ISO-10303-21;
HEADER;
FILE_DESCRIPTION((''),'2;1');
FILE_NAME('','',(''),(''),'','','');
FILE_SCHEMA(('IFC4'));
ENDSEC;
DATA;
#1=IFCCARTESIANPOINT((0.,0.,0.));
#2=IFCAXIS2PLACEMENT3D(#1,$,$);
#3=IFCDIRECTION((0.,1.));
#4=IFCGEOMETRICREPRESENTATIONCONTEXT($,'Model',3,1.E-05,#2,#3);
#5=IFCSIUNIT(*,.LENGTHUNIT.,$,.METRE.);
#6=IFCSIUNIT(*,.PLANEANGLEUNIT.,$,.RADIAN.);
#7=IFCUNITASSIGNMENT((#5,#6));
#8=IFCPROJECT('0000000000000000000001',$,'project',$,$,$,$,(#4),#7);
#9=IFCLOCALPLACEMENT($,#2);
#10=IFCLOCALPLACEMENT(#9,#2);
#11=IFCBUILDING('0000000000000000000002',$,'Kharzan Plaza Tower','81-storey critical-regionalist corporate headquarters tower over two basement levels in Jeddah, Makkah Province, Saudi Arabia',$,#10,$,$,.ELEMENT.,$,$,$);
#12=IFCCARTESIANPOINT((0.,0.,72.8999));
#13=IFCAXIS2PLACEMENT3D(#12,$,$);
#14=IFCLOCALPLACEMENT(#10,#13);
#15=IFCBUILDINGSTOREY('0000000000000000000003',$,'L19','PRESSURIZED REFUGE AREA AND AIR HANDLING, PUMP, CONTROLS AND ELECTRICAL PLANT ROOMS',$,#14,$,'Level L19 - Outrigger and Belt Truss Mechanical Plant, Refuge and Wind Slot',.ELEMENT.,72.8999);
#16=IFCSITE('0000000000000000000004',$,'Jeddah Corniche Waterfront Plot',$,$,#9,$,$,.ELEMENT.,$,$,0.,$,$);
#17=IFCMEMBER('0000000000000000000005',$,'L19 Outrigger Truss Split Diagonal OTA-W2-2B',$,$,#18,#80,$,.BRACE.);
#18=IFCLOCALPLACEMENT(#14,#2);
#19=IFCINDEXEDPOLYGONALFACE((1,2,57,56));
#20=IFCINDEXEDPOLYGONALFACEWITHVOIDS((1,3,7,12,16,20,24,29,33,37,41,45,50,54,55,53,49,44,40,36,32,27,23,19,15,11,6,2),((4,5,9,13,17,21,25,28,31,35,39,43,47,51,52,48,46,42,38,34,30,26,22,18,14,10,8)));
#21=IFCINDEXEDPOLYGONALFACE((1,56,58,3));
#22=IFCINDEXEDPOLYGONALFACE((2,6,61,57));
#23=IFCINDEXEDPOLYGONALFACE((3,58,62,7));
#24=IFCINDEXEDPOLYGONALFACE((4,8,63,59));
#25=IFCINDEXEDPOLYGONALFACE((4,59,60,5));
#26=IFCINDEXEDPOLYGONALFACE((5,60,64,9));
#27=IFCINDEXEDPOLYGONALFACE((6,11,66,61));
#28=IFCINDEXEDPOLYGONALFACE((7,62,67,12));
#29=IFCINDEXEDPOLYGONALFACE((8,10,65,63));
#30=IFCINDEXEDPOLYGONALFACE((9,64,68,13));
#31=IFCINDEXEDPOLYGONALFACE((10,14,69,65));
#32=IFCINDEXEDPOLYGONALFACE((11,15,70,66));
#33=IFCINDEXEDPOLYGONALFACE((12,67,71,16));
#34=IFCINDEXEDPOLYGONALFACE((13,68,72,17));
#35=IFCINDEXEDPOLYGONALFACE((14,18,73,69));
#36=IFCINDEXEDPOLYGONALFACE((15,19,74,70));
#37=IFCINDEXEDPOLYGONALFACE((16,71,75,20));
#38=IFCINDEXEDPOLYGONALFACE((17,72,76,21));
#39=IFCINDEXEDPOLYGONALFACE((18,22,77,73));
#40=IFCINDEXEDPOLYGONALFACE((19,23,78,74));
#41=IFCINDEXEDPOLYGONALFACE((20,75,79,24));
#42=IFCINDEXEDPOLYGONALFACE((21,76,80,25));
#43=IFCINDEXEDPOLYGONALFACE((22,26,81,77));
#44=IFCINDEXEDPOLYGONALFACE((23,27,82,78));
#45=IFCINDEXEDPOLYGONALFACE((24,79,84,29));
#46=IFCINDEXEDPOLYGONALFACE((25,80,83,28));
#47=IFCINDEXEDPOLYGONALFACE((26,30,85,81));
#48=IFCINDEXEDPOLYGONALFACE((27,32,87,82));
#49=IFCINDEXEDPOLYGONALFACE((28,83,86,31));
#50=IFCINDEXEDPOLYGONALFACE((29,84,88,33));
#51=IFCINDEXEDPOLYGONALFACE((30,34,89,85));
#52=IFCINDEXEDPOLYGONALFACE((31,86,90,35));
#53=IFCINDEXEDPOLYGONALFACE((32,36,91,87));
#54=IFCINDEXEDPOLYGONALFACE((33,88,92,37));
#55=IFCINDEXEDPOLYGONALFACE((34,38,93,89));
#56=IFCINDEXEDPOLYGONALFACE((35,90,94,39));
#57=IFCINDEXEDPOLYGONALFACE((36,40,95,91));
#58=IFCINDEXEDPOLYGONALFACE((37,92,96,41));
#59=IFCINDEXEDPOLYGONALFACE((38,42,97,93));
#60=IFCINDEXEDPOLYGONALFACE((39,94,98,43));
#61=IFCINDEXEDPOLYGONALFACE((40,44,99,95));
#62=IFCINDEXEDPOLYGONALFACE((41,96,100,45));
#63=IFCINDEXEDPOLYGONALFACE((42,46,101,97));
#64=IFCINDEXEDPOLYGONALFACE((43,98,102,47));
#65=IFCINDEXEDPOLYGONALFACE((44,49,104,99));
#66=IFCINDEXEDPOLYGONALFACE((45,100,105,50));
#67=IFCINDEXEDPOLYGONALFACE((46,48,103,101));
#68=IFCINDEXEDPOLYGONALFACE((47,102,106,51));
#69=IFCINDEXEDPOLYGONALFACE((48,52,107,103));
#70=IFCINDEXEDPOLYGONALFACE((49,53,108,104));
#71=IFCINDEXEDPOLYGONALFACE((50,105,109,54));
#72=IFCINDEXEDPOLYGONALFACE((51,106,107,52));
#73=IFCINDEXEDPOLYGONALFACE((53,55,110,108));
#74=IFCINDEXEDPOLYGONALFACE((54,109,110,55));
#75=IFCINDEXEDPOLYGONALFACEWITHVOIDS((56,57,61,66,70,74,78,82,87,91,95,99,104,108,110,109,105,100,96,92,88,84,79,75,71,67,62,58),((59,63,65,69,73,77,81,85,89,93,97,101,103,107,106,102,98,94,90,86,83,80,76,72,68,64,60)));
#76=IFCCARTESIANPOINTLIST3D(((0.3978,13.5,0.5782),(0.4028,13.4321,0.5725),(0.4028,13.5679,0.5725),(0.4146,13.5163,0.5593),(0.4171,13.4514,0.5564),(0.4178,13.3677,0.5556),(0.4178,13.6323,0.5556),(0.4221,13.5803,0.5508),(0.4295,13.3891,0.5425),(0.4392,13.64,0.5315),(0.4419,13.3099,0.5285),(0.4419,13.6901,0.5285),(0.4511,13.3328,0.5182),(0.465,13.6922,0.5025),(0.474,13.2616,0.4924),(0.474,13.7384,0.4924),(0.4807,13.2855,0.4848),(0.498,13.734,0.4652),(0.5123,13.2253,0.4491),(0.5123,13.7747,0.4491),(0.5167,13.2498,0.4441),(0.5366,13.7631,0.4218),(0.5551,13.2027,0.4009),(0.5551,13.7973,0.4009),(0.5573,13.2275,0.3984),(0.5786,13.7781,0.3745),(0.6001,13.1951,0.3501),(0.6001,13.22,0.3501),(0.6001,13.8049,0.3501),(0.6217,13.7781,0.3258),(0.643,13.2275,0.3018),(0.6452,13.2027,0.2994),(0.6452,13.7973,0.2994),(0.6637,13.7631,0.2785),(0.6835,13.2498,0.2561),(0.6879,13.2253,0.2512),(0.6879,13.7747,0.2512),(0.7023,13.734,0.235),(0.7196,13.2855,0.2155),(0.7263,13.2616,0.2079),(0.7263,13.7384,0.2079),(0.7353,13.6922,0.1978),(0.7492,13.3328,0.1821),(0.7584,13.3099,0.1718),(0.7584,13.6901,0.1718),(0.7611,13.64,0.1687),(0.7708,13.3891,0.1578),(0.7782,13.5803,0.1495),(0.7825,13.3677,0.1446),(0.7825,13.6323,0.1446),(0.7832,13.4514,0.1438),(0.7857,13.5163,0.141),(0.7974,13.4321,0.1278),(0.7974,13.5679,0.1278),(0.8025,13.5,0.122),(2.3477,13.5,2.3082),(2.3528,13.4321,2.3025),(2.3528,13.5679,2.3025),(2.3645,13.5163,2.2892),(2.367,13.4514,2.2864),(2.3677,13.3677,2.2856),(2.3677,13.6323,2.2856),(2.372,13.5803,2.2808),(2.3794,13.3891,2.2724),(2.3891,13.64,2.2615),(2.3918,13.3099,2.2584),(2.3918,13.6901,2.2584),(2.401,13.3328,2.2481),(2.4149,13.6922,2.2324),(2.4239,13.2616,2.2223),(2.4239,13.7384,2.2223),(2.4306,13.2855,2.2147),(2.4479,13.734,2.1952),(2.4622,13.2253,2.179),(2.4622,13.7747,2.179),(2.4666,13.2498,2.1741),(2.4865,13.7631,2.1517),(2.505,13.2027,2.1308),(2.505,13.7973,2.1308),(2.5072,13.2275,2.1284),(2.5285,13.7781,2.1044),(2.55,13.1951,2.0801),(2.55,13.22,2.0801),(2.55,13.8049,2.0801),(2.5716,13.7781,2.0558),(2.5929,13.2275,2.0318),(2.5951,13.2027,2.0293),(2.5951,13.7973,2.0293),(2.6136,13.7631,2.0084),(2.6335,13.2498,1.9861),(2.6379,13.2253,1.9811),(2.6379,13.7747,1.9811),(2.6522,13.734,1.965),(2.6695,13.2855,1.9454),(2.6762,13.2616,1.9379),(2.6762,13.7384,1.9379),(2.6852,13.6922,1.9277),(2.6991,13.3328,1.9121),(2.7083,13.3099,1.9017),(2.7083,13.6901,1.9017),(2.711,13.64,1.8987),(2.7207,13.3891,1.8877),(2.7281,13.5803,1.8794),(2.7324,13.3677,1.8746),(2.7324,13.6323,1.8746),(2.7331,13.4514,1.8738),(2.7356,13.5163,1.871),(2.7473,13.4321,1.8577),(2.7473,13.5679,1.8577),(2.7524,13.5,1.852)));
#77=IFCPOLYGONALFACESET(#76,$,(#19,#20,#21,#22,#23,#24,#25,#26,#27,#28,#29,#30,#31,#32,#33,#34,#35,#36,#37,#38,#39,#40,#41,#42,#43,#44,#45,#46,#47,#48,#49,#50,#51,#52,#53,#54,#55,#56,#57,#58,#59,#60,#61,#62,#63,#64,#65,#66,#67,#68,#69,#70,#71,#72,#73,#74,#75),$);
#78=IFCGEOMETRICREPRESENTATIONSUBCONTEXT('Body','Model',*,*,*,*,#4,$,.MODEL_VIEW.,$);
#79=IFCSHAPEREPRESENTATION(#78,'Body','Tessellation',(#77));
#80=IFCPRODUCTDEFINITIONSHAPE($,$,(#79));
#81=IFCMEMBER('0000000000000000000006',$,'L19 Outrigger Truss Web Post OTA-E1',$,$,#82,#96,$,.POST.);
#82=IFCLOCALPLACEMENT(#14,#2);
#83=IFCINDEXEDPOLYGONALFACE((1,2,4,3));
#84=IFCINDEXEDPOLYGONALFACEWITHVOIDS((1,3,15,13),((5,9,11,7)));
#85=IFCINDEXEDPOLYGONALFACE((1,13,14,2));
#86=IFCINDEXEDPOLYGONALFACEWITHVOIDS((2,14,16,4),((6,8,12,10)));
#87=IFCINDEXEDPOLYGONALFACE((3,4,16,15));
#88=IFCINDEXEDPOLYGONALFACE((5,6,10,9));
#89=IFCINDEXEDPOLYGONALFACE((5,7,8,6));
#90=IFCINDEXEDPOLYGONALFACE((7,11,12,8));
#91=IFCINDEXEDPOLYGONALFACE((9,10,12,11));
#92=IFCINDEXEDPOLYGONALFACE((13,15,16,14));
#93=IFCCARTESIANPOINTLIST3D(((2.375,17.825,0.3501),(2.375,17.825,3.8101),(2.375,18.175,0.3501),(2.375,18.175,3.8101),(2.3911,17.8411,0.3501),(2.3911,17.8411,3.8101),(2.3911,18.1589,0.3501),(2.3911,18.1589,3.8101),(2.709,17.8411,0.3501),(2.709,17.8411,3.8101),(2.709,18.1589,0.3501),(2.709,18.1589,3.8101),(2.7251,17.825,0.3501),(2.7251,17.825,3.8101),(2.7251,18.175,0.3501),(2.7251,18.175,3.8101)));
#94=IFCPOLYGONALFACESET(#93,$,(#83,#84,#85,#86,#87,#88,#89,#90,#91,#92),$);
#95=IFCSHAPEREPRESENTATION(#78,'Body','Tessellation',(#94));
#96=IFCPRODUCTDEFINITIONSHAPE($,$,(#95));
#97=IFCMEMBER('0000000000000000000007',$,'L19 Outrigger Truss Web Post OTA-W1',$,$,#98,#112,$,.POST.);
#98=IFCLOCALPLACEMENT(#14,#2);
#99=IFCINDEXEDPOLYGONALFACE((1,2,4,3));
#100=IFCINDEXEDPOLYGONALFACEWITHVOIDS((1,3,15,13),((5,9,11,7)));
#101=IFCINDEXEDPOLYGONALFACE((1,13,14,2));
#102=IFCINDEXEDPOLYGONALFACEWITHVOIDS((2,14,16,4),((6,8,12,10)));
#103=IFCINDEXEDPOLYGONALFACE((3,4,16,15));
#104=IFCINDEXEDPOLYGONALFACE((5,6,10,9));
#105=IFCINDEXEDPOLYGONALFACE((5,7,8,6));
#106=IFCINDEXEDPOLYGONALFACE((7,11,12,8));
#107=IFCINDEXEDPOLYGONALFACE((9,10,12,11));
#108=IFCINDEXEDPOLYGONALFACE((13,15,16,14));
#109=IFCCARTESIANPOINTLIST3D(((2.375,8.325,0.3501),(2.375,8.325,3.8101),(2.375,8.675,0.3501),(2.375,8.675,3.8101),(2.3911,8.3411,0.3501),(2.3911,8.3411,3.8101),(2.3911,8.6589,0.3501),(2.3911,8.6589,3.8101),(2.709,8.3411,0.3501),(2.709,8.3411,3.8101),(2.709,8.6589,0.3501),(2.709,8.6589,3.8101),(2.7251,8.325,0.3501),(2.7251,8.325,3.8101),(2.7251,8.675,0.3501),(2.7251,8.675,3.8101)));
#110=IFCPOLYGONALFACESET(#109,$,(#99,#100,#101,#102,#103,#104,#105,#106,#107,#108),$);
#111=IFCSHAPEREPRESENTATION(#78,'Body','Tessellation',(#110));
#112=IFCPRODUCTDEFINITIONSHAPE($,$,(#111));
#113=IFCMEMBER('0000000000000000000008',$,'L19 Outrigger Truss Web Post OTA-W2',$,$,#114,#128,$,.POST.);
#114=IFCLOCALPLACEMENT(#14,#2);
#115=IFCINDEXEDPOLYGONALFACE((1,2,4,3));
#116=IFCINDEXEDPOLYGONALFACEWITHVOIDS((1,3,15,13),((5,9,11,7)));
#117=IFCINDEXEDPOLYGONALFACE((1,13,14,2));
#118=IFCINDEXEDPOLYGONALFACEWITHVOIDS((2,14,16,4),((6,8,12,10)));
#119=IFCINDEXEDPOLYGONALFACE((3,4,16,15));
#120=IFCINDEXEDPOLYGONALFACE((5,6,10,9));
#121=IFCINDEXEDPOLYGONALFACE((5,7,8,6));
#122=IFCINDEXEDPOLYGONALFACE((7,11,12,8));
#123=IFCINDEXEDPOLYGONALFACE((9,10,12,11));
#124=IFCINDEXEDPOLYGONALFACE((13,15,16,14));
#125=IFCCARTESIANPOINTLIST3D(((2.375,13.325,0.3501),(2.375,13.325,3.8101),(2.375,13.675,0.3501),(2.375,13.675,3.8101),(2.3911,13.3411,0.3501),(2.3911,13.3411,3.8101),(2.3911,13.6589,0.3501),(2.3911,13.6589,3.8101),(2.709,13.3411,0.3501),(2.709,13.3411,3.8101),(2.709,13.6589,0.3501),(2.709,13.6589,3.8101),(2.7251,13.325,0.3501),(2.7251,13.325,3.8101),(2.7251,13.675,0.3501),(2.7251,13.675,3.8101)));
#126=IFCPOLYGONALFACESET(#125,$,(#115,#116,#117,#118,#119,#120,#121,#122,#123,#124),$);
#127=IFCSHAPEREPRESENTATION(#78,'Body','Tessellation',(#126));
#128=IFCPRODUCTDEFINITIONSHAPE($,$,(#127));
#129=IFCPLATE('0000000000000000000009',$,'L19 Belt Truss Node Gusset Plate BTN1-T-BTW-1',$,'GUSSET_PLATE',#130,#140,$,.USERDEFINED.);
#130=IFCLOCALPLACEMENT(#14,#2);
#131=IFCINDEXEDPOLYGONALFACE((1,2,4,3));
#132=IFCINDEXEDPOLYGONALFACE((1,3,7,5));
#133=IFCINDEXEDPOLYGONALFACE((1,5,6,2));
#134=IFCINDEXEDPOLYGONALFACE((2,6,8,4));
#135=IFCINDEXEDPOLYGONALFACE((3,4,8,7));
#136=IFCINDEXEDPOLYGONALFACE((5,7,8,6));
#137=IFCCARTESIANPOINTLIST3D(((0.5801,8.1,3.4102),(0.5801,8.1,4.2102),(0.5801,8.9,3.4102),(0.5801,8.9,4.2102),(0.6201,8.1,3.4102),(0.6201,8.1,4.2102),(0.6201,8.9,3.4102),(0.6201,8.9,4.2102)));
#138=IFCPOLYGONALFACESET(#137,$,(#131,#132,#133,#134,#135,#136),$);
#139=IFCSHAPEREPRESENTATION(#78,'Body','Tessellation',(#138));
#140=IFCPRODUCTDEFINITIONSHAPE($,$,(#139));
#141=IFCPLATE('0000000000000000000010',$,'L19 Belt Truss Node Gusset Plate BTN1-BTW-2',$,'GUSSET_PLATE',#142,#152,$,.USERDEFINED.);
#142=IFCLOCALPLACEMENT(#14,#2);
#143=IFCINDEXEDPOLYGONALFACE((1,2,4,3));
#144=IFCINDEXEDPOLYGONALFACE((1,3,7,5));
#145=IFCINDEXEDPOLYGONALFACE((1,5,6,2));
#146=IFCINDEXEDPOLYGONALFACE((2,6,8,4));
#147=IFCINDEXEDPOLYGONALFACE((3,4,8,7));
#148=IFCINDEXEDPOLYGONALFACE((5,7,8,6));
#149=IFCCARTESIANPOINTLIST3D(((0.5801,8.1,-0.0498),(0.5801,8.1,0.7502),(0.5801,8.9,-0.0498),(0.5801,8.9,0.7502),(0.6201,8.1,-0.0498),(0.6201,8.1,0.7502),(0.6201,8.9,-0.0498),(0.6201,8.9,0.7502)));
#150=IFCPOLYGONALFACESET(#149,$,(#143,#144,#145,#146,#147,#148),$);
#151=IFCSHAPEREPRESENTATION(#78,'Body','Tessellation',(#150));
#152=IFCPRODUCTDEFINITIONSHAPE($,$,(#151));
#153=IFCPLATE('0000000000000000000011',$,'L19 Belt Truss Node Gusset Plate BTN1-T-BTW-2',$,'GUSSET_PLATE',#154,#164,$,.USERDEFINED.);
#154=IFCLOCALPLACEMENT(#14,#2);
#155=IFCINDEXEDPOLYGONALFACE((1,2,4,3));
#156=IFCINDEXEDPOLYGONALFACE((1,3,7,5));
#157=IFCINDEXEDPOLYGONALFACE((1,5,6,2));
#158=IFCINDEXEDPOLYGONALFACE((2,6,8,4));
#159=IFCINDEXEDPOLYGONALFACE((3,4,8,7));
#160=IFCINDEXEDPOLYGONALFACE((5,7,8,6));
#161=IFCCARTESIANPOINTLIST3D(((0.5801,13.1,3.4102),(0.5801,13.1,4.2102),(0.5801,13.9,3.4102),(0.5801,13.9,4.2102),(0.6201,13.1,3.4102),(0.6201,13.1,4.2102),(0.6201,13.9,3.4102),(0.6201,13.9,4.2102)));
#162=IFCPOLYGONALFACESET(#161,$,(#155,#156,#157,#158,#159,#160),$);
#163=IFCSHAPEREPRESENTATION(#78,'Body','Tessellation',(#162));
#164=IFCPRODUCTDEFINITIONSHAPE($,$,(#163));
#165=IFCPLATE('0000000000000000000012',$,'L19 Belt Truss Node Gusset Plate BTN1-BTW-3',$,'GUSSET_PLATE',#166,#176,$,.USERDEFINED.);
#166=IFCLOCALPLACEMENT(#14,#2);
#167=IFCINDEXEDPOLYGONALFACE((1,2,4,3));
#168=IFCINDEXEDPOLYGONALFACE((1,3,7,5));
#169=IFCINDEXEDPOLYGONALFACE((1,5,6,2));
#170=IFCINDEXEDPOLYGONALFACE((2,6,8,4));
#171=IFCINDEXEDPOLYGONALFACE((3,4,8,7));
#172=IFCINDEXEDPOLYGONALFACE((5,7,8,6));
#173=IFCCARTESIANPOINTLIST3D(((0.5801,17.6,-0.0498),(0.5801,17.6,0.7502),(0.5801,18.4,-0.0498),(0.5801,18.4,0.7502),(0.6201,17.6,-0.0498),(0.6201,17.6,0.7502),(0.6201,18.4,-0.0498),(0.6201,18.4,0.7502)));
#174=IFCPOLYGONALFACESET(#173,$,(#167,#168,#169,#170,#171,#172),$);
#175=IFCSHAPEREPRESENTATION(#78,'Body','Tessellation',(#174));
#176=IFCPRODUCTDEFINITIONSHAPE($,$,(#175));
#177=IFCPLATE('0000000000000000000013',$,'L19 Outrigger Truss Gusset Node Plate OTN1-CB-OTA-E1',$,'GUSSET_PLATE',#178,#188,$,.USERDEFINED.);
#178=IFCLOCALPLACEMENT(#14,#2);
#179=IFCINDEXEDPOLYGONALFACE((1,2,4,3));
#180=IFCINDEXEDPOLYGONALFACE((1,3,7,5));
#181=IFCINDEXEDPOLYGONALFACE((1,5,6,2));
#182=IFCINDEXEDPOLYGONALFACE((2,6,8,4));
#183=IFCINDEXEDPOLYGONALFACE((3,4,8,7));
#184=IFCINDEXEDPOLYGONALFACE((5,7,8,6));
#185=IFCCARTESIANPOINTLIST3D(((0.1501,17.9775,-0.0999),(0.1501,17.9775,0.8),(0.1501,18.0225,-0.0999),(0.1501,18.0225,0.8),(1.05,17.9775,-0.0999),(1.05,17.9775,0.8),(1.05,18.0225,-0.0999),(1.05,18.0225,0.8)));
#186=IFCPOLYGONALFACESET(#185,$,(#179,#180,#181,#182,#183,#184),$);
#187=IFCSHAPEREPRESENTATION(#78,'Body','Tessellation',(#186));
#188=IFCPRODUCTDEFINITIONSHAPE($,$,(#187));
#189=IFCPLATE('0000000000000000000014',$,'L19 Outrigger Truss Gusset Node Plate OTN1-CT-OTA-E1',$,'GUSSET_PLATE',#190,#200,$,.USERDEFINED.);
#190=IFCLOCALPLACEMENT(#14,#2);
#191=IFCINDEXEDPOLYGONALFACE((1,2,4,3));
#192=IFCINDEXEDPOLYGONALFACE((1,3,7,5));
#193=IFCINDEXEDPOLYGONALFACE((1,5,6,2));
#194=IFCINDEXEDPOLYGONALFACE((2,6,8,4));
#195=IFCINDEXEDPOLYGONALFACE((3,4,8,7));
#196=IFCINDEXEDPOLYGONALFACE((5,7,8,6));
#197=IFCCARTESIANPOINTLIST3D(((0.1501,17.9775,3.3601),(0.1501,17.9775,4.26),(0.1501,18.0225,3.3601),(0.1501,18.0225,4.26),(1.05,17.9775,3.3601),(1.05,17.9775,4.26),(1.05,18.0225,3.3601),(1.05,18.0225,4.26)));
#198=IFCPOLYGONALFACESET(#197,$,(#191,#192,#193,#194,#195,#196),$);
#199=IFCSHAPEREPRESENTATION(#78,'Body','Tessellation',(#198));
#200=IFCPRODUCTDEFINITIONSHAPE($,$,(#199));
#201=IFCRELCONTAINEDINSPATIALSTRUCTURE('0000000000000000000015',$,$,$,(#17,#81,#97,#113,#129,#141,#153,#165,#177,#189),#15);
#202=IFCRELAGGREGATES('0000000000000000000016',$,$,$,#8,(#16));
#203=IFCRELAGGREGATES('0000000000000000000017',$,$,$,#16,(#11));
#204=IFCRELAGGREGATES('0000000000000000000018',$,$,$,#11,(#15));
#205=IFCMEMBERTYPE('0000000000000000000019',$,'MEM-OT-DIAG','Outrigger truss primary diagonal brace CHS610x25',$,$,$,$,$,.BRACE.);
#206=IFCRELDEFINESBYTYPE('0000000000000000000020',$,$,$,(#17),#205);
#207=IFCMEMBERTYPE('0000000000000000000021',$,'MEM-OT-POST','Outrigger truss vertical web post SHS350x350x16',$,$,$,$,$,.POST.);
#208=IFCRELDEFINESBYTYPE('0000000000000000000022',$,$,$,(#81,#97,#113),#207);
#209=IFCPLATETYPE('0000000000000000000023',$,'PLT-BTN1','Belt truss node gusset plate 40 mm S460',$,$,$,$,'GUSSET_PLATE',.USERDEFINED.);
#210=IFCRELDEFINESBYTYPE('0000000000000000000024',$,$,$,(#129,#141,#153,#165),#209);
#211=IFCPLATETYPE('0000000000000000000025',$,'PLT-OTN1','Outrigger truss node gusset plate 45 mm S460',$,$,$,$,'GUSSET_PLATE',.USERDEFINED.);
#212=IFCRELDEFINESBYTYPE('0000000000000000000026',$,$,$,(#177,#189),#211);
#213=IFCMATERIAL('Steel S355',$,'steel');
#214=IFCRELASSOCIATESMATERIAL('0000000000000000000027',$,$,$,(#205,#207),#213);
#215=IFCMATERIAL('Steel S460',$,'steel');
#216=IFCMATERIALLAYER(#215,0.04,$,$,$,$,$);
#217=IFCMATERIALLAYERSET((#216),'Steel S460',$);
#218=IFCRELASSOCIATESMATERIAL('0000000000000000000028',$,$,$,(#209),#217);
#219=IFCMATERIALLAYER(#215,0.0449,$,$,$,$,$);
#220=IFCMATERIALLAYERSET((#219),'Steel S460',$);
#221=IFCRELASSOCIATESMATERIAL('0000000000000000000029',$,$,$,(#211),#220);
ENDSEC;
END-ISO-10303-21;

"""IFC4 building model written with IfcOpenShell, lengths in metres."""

from ifc_helpers import new_model, si_unit, direction, frame, origin, origin_2d, place, context, subcontext, project, spatial, rectangle, hollow_rectangle, hollow_circle, extrude, source, transform, mapped, material, layer, layer_set, material_profile, profile_set, type_object, element, save


model = new_model("IFC4")

# Units and contexts
model_context = context("Model", 3, precision=1e-05, world=origin(), true_north=direction((0.0, 1.0)))
body_context = subcontext(model_context, "Body", "Model", "MODEL_VIEW")
ifc_project = project(units=[si_unit("LENGTHUNIT", "METRE"), si_unit("PLANEANGLEUNIT", "RADIAN")], contexts=[model_context])

# Site, building, storey
site_placement = place(None, origin())
site = spatial("IfcSite", under=ifc_project, at=site_placement, Name="Jeddah Corniche Waterfront Plot", CompositionType="ELEMENT", RefElevation=0.0)
building_placement = place(site_placement, origin())
building = spatial("IfcBuilding", under=site, at=building_placement, Name="Kharzan Plaza Tower", Description="81-storey critical-regionalist corporate headquarters tower over two basement levels in Jeddah, Makkah Province, Saudi Arabia", CompositionType="ELEMENT")
storey_placement = place(building_placement, frame((0.0, 0.0, 72.8999)))
storey = spatial("IfcBuildingStorey", under=building, at=storey_placement, Name="L19", Description="PRESSURIZED REFUGE AREA AND AIR HANDLING, PUMP, CONTROLS AND ELECTRICAL PLANT ROOMS", LongName="Level L19 - Outrigger and Belt Truss Mechanical Plant, Refuge and Wind Slot", CompositionType="ELEMENT", Elevation=72.8999)

# Shared definitions
ifc_material_1 = material(Name="Steel S355", Category="steel")

# Members
ifc_material_profile_1 = material_profile(ifc_material_1, hollow_circle(Radius=0.3049, WallThickness=0.0249, at=origin_2d()), Name="CHS610x25")
ifc_profile_set_1 = profile_set([ifc_material_profile_1], Name="Steel S355")
member_type_1 = type_object("IfcMemberType", Name="MEM-OT-DIAG", Description="Outrigger truss primary diagonal brace CHS610x25", PredefinedType="BRACE", material=ifc_profile_set_1)
shared_shape_1 = source(origin(), body_context, "Body", "SweptSolid", [
    extrude(hollow_circle(Radius=0.3049, WallThickness=0.0249, at=origin_2d()), origin(), (0.0, 0.0, 1.0), 2.6067),
])
for number, where, z_axis, x_axis, name in (
    (1, (2.55, 13.5, 2.0801), (-0.748039, 0.0, -0.663654), (0.0, -1.0, 0.0), "L19 Outrigger Truss Split Diagonal OTA-W2-2B"),
):
    element("IfcMember", number, at=place(storey_placement, frame(where, z_axis=z_axis, x_axis=x_axis)), inside=storey, type_object=member_type_1, Name=name, PredefinedType="BRACE", context=body_context, shape_type="MappedRepresentation", body=[
        mapped(shared_shape_1, transform((0.0, 0.0, 0.0), x_axis=(1.0, 0.0, 0.0), y_axis=(0.0, 1.0, 0.0), z_axis=(0.0, 0.0, 1.0))),
    ])
ifc_material_profile_2 = material_profile(ifc_material_1, hollow_rectangle(XDim=0.3501, YDim=0.3501, WallThickness=0.0161, at=origin_2d()), Name="SHS350x350x16")
ifc_profile_set_2 = profile_set([ifc_material_profile_2], Name="Steel S355")
member_type_2 = type_object("IfcMemberType", Name="MEM-OT-POST", Description="Outrigger truss vertical web post SHS350x350x16", PredefinedType="POST", material=ifc_profile_set_2)
shared_shape_2 = source(origin(), body_context, "Body", "SweptSolid", [
    extrude(hollow_rectangle(XDim=0.3501, YDim=0.3501, WallThickness=0.0161, at=origin_2d()), origin(), (0.0, 0.0, 1.0), 3.46),
])
for number, where, z_axis, x_axis, name in (
    (2, (2.55, 18.0, 0.3501), (0.0, 0.0, 1.0), (1.0, 0.0, 0.0), "L19 Outrigger Truss Web Post OTA-E1"),
    (3, (2.55, 8.5, 0.3501), (0.0, 0.0, 1.0), (1.0, 0.0, 0.0), "L19 Outrigger Truss Web Post OTA-W1"),
    (4, (2.55, 13.5, 0.3501), (0.0, 0.0, 1.0), (1.0, 0.0, 0.0), "L19 Outrigger Truss Web Post OTA-W2"),
):
    element("IfcMember", number, at=place(storey_placement, frame(where, z_axis=z_axis, x_axis=x_axis)), inside=storey, type_object=member_type_2, Name=name, PredefinedType="POST", context=body_context, shape_type="MappedRepresentation", body=[
        mapped(shared_shape_2, transform((0.0, 0.0, 0.0), x_axis=(1.0, 0.0, 0.0), y_axis=(0.0, 1.0, 0.0), z_axis=(0.0, 0.0, 1.0))),
    ])

# Plates
ifc_material_2 = material(Name="Steel S460", Category="steel")
ifc_layer_1 = layer(ifc_material_2, 0.04)
ifc_layer_set_1 = layer_set([ifc_layer_1], Name="Steel S460")
plate_type_1 = type_object("IfcPlateType", Name="PLT-BTN1", Description="Belt truss node gusset plate 40 mm S460", ElementType="GUSSET_PLATE", PredefinedType="USERDEFINED", material=ifc_layer_set_1)
shared_shape_3 = source(origin(), body_context, "Body", "SweptSolid", [
    extrude(rectangle(XDim=0.8, YDim=0.04, at=origin_2d()), origin(), (0.0, 0.0, 1.0), 0.8),
])
for number, where, z_axis, x_axis, name in (
    (5, (0.6001, 8.5, 3.4102), (0.0, 0.0, 1.0), (0.0, 1.0, 0.0), "L19 Belt Truss Node Gusset Plate BTN1-T-BTW-1"),
    (6, (0.6001, 8.5, -0.0498), (0.0, 0.0, 1.0), (0.0, 1.0, 0.0), "L19 Belt Truss Node Gusset Plate BTN1-BTW-2"),
    (7, (0.6001, 13.5, 3.4102), (0.0, 0.0, 1.0), (0.0, 1.0, 0.0), "L19 Belt Truss Node Gusset Plate BTN1-T-BTW-2"),
    (8, (0.6001, 18.0, -0.0498), (0.0, 0.0, 1.0), (0.0, 1.0, 0.0), "L19 Belt Truss Node Gusset Plate BTN1-BTW-3"),
):
    element("IfcPlate", number, at=place(storey_placement, frame(where, z_axis=z_axis, x_axis=x_axis)), inside=storey, type_object=plate_type_1, Name=name, ObjectType="GUSSET_PLATE", PredefinedType="USERDEFINED", context=body_context, shape_type="MappedRepresentation", body=[
        mapped(shared_shape_3, transform((0.0, 0.0, 0.0), x_axis=(1.0, 0.0, 0.0), y_axis=(0.0, 1.0, 0.0), z_axis=(0.0, 0.0, 1.0))),
    ])
ifc_layer_2 = layer(ifc_material_2, 0.0449)
ifc_layer_set_2 = layer_set([ifc_layer_2], Name="Steel S460")
plate_type_2 = type_object("IfcPlateType", Name="PLT-OTN1", Description="Outrigger truss node gusset plate 45 mm S460", ElementType="GUSSET_PLATE", PredefinedType="USERDEFINED", material=ifc_layer_set_2)
shared_shape_4 = source(origin(), body_context, "Body", "SweptSolid", [
    extrude(rectangle(XDim=0.8999, YDim=0.0449, at=origin_2d()), origin(), (0.0, 0.0, 1.0), 0.8999),
])
for number, where, z_axis, x_axis, name in (
    (9, (0.6001, 18.0, -0.0999), (0.0, 0.0, 1.0), (-1.0, 0.0, 0.0), "L19 Outrigger Truss Gusset Node Plate OTN1-CB-OTA-E1"),
    (10, (0.6001, 18.0, 3.3601), (0.0, 0.0, 1.0), (-1.0, 0.0, 0.0), "L19 Outrigger Truss Gusset Node Plate OTN1-CT-OTA-E1"),
):
    element("IfcPlate", number, at=place(storey_placement, frame(where, z_axis=z_axis, x_axis=x_axis)), inside=storey, type_object=plate_type_2, Name=name, ObjectType="GUSSET_PLATE", PredefinedType="USERDEFINED", context=body_context, shape_type="MappedRepresentation", body=[
        mapped(shared_shape_4, transform((0.0, 0.0, 0.0), x_axis=(1.0, 0.0, 0.0), y_axis=(0.0, 1.0, 0.0), z_axis=(0.0, 0.0, 1.0))),
    ])

save(model, "model.ifc")
